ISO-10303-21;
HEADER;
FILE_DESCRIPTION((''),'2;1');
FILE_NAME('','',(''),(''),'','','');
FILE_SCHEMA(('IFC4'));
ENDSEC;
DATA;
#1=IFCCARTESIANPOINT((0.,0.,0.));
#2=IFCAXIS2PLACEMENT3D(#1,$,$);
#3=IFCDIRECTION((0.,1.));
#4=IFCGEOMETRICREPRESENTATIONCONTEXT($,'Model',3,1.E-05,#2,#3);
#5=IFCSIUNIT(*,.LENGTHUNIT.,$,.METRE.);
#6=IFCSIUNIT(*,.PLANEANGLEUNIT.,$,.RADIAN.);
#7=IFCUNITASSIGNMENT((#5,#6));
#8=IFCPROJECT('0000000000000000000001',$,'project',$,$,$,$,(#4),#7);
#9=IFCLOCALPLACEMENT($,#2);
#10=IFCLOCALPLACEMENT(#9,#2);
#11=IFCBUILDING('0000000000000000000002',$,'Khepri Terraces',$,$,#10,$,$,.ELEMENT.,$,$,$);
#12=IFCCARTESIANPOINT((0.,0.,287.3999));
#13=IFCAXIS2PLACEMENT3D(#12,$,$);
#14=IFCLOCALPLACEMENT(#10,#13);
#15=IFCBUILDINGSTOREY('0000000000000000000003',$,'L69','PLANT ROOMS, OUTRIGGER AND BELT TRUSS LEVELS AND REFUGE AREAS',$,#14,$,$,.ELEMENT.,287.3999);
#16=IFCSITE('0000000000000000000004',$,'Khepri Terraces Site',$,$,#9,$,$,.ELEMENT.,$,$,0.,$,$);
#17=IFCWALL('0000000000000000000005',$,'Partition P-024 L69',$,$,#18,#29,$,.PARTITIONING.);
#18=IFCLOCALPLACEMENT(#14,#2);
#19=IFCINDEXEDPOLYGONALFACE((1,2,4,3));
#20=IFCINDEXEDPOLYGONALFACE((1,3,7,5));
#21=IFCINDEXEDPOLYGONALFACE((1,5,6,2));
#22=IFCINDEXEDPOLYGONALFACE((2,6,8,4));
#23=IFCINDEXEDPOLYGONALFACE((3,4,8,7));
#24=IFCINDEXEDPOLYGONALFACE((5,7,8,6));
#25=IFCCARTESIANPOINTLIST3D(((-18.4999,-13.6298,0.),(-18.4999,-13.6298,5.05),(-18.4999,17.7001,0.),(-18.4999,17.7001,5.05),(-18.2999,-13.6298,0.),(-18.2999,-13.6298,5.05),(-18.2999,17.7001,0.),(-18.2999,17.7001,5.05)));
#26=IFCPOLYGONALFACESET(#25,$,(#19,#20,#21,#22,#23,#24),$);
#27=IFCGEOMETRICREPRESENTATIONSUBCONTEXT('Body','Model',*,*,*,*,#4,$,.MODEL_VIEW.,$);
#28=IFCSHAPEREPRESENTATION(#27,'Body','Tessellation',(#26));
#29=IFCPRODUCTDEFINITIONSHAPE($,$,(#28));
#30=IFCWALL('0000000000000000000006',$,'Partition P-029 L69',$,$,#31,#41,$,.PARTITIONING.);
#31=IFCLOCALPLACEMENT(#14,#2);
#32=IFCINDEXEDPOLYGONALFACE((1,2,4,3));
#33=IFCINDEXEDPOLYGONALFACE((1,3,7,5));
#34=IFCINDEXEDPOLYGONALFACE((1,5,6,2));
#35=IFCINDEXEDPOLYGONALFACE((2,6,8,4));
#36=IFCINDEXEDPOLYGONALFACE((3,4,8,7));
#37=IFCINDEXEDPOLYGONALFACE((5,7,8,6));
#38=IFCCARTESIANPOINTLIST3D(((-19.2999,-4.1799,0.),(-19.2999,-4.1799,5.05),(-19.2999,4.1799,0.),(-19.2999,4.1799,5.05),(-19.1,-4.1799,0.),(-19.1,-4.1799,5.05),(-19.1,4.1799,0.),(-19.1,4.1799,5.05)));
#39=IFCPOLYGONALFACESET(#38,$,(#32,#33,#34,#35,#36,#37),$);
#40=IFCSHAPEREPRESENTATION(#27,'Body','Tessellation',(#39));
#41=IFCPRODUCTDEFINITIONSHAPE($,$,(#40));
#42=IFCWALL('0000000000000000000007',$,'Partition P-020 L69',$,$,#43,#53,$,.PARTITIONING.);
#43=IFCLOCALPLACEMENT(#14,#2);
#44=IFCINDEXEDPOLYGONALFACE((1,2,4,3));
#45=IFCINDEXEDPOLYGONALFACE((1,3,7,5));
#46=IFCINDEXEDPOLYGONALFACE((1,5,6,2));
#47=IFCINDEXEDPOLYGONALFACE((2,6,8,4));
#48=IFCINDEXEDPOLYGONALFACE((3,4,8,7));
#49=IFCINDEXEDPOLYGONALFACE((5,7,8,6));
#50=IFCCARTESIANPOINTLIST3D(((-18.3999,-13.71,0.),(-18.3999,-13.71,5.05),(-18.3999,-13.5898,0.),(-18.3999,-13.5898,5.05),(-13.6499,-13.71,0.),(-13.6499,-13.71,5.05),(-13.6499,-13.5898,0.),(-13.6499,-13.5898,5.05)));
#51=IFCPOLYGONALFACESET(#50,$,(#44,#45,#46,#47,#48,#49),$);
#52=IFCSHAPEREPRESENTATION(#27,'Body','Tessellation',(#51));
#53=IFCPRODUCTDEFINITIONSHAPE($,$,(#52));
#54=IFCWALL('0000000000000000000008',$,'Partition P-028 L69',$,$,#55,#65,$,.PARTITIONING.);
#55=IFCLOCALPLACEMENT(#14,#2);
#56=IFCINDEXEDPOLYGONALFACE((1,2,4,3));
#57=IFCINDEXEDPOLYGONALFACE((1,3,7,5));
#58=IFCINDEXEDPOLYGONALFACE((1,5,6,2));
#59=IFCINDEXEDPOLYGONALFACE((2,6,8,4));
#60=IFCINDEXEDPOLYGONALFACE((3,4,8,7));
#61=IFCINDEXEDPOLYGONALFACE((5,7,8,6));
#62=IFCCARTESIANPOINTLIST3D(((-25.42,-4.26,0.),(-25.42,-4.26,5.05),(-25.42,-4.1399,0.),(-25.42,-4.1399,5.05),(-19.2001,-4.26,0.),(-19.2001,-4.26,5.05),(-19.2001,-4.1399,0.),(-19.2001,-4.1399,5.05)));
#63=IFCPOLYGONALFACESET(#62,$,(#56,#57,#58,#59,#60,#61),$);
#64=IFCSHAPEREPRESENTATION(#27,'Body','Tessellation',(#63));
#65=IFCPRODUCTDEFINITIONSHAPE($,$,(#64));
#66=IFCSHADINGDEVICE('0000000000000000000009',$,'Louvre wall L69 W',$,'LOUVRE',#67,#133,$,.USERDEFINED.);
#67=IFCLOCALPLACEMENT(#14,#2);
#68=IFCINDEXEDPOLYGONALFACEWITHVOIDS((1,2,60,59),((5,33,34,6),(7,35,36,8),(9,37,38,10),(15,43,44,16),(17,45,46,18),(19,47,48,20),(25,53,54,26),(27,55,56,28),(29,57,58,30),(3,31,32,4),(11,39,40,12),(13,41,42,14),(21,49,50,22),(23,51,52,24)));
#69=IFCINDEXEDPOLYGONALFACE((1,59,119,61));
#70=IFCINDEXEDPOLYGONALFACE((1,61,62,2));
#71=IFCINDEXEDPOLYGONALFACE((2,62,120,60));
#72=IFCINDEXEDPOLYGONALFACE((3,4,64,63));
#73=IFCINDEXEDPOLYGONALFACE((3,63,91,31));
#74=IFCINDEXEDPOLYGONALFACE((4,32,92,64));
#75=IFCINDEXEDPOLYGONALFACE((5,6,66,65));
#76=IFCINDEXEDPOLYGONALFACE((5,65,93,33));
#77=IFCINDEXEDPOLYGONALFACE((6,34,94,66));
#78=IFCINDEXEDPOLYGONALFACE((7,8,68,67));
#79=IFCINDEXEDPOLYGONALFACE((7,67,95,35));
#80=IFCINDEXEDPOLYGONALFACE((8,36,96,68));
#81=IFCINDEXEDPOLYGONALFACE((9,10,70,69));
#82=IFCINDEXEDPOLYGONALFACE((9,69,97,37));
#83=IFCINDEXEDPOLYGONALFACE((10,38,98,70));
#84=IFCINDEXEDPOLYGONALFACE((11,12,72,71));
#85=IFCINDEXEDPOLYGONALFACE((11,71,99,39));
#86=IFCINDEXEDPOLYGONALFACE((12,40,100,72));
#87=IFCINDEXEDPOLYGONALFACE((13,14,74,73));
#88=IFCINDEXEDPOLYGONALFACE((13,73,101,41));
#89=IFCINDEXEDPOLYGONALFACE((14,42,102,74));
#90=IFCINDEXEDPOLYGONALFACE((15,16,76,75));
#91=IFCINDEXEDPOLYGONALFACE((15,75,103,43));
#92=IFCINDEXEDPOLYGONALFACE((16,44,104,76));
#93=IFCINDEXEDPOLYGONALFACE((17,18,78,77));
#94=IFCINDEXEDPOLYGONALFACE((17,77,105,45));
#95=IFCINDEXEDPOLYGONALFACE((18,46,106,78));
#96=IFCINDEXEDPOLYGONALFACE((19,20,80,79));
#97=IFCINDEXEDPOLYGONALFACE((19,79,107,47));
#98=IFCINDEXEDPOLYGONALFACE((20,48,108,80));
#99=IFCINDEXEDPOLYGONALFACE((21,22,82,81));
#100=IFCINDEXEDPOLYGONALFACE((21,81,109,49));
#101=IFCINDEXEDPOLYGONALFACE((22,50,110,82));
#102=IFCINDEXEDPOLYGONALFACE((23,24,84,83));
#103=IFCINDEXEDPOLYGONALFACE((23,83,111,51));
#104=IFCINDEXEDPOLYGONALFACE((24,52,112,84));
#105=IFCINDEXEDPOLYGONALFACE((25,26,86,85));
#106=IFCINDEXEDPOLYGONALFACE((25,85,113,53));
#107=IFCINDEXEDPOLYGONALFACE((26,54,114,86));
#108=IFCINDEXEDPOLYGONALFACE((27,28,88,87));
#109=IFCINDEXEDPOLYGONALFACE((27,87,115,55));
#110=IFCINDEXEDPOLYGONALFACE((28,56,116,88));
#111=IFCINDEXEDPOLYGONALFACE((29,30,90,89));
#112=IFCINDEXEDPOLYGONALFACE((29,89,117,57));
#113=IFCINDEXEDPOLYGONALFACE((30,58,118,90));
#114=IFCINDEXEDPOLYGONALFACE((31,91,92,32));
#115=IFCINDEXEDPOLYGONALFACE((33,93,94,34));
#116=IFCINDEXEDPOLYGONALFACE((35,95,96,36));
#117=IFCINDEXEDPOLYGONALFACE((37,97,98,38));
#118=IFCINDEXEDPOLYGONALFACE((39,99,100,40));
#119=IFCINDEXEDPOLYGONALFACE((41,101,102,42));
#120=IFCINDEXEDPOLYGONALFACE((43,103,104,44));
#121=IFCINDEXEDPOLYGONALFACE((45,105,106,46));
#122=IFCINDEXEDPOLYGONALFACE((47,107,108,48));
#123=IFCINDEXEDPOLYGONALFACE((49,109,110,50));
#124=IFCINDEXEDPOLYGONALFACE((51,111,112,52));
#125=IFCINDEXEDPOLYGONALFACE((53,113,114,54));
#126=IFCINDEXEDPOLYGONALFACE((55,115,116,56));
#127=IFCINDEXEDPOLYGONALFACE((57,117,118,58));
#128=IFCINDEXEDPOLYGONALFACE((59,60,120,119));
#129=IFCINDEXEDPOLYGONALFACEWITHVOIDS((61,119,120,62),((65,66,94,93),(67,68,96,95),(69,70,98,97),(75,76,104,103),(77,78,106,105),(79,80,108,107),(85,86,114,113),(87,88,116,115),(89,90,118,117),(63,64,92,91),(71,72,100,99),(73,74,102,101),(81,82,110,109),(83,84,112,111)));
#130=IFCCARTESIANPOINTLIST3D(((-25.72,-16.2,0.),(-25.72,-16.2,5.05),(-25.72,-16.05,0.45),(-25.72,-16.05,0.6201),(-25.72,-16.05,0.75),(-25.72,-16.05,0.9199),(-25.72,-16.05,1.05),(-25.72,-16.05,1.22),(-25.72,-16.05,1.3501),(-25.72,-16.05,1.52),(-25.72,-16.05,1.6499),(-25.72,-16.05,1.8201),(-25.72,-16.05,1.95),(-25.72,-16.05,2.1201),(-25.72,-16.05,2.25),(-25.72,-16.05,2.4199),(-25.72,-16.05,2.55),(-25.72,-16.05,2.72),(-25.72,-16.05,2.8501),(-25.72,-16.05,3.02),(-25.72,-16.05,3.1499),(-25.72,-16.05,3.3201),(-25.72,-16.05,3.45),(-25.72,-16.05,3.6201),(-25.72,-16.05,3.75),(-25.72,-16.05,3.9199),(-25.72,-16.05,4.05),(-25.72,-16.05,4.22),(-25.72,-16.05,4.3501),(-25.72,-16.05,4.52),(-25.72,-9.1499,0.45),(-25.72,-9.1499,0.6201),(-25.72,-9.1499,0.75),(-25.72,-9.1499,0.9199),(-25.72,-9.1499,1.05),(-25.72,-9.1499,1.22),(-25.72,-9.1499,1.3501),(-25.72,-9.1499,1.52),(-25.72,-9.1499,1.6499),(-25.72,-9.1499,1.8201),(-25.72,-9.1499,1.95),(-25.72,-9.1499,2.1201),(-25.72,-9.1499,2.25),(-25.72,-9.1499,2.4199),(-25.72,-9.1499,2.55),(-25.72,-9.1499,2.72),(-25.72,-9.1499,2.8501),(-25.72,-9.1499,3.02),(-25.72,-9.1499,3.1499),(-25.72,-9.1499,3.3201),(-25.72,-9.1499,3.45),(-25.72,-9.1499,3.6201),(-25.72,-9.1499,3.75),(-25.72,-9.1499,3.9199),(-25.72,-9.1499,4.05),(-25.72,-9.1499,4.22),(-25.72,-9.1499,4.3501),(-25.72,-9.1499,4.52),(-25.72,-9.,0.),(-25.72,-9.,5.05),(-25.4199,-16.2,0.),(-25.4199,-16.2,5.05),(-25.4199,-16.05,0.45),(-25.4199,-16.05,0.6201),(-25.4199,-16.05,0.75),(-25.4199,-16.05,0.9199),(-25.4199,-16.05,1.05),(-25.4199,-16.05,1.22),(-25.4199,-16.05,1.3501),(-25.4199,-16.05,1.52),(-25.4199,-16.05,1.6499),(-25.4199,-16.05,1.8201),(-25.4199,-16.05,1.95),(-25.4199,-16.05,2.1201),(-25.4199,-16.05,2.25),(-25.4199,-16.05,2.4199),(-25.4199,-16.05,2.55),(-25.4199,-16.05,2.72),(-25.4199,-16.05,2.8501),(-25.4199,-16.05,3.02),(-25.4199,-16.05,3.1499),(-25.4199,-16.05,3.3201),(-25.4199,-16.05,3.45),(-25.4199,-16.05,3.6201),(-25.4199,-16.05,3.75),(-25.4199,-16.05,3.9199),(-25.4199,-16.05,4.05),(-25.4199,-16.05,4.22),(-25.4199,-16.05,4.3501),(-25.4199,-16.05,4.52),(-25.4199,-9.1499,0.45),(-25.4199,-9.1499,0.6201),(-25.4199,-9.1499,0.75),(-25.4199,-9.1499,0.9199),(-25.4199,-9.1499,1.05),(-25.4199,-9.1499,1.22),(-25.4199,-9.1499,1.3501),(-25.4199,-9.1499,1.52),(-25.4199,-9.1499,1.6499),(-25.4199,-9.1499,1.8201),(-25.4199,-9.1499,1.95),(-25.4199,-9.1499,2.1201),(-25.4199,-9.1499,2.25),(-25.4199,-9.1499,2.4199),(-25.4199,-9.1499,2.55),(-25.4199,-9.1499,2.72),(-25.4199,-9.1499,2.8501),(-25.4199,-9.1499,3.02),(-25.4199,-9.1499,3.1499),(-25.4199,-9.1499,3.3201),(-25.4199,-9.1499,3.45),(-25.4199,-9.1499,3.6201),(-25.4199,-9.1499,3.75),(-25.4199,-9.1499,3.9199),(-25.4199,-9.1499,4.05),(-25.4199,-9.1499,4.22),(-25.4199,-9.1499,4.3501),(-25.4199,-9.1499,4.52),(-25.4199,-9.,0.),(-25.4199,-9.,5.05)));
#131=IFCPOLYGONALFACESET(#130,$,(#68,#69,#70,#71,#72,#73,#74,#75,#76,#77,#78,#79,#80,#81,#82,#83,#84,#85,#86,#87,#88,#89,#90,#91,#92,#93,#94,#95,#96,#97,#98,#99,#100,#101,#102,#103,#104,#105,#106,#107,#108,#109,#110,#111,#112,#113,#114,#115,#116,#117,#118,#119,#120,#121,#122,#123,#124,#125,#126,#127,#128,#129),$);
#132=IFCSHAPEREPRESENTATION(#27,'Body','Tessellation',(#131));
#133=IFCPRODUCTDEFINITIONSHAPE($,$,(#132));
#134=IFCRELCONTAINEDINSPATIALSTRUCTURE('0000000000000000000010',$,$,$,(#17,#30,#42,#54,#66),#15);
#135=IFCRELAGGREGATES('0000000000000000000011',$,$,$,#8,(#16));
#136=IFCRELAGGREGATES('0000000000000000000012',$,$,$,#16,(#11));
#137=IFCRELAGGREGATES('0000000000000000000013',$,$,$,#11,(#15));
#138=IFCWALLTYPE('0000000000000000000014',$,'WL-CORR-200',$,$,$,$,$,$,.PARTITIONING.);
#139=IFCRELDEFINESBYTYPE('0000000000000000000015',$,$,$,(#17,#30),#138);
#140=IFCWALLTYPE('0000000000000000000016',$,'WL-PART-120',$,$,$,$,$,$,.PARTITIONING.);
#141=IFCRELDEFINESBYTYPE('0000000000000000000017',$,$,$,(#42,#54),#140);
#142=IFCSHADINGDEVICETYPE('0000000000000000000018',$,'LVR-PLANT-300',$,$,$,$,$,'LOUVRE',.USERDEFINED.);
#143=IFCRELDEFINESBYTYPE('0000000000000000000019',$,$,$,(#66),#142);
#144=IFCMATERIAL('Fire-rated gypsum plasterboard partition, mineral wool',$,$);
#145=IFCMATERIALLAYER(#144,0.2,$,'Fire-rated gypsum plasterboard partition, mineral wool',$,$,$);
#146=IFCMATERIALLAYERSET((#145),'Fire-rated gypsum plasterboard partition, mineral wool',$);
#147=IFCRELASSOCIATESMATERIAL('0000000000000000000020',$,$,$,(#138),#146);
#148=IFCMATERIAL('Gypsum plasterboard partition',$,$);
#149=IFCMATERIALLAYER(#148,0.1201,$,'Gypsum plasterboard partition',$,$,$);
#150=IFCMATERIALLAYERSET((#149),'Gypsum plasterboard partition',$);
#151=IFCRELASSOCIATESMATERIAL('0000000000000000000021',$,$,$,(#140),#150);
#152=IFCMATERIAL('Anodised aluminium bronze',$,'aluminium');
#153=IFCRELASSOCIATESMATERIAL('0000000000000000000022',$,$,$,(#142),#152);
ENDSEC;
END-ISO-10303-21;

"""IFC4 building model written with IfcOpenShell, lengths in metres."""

from ifc_helpers import new_model, si_unit, direction, frame, frame_2d, origin, place, context, subcontext, project, spatial, polyline, rectangle, outline, extrude, material, layer, layer_set, type_object, element, save


model = new_model("IFC4")

# Units and contexts
model_context = context("Model", 3, precision=1e-05, world=origin(), true_north=direction((0.0, 1.0)))
body_context = subcontext(model_context, "Body", "Model", "MODEL_VIEW")
ifc_project = project(units=[si_unit("LENGTHUNIT", "METRE"), si_unit("PLANEANGLEUNIT", "RADIAN")], contexts=[model_context])

# Site, building, storey
site_placement = place(None, origin())
site = spatial("IfcSite", under=ifc_project, at=site_placement, Name="Khepri Terraces Site", CompositionType="ELEMENT", RefElevation=0.0)
building_placement = place(site_placement, origin())
building = spatial("IfcBuilding", under=site, at=building_placement, Name="Khepri Terraces", CompositionType="ELEMENT")
storey_placement = place(building_placement, frame((0.0, 0.0, 287.3999)))
storey = spatial("IfcBuildingStorey", under=building, at=storey_placement, Name="L69", Description="PLANT ROOMS, OUTRIGGER AND BELT TRUSS LEVELS AND REFUGE AREAS", CompositionType="ELEMENT", Elevation=287.3999)

# Walls
ifc_material_1 = material(Name="Fire-rated gypsum plasterboard partition, mineral wool")
ifc_layer_1 = layer(ifc_material_1, 0.2, Name="Fire-rated gypsum plasterboard partition, mineral wool")
ifc_layer_set_1 = layer_set([ifc_layer_1], Name="Fire-rated gypsum plasterboard partition, mineral wool")
wall_type_1 = type_object("IfcWallType", Name="WL-CORR-200", PredefinedType="PARTITIONING", material=ifc_layer_set_1)
wall_1_placement = place(storey_placement, frame((-18.3999, -13.6299, 0.0), z_axis=(0.0, 0.0, 1.0), x_axis=(0.0, 1.0, 0.0)))
element("IfcWall", 1, at=wall_1_placement, inside=storey, type_object=wall_type_1, Name="Partition P-024 L69", PredefinedType="PARTITIONING", context=body_context, shape_type="SweptSolid", body=[
    extrude(rectangle(XDim=31.3298, YDim=0.2, at=frame_2d((15.665, 0.0))), origin(), (0.0, 0.0, 1.0), 5.05),
])
wall_2_placement = place(storey_placement, frame((-19.2, -4.1799, 0.0), z_axis=(0.0, 0.0, 1.0), x_axis=(0.0, 1.0, 0.0)))
element("IfcWall", 2, at=wall_2_placement, inside=storey, type_object=wall_type_1, Name="Partition P-029 L69", PredefinedType="PARTITIONING", context=body_context, shape_type="SweptSolid", body=[
    extrude(rectangle(XDim=8.3599, YDim=0.2, at=frame_2d((4.1799, 0.0))), origin(), (0.0, 0.0, 1.0), 5.05),
])
ifc_material_2 = material(Name="Gypsum plasterboard partition")
ifc_layer_2 = layer(ifc_material_2, 0.1201, Name="Gypsum plasterboard partition")
ifc_layer_set_2 = layer_set([ifc_layer_2], Name="Gypsum plasterboard partition")
wall_type_2 = type_object("IfcWallType", Name="WL-PART-120", PredefinedType="PARTITIONING", material=ifc_layer_set_2)
wall_3_placement = place(storey_placement, frame((-18.3999, -13.6499, 0.0), z_axis=(0.0, 0.0, 1.0), x_axis=(1.0, 0.0, 0.0)))
element("IfcWall", 3, at=wall_3_placement, inside=storey, type_object=wall_type_2, Name="Partition P-020 L69", PredefinedType="PARTITIONING", context=body_context, shape_type="SweptSolid", body=[
    extrude(rectangle(XDim=4.75, YDim=0.1201, at=frame_2d((2.375, 0.0))), origin(), (0.0, 0.0, 1.0), 5.05),
])
wall_4_placement = place(storey_placement, frame((-25.4199, -4.2, 0.0), z_axis=(0.0, 0.0, 1.0), x_axis=(1.0, 0.0, 0.0)))
element("IfcWall", 4, at=wall_4_placement, inside=storey, type_object=wall_type_2, Name="Partition P-028 L69", PredefinedType="PARTITIONING", context=body_context, shape_type="SweptSolid", body=[
    extrude(rectangle(XDim=6.22, YDim=0.1201, at=frame_2d((3.1099, 0.0))), origin(), (0.0, 0.0, 1.0), 5.05),
])

# Shading device
ifc_material_3 = material(Name="Anodised aluminium bronze", Category="aluminium")
shading_device_type = type_object("IfcShadingDeviceType", Name="LVR-PLANT-300", ElementType="LOUVRE", PredefinedType="USERDEFINED", material=ifc_material_3)
shading_device_placement = place(storey_placement, frame((-25.4199, -9.0, 0.0), z_axis=(-1.0, 0.0, 0.0), x_axis=(0.0, -1.0, 0.0)))
element("IfcShadingDevice", 5, at=shading_device_placement, inside=storey, type_object=shading_device_type, Name="Louvre wall L69 W", ObjectType="LOUVRE", PredefinedType="USERDEFINED", context=body_context, shape_type="SweptSolid", body=[
    extrude(outline(polyline([(0.0, 0.0), (7.2, 0.0), (7.2, 5.05), (0.0, 5.05), (0.0, 0.0)]), holes=[polyline([(0.1499, 0.45), (7.05, 0.45), (7.05, 0.6201), (0.1499, 0.6201), (0.1499, 0.45)]), polyline([(0.1499, 0.75), (7.05, 0.75), (7.05, 0.9199), (0.1499, 0.9199), (0.1499, 0.75)]), polyline([(0.1499, 1.05), (7.05, 1.05), (7.05, 1.22), (0.1499, 1.22), (0.1499, 1.05)]), polyline([(0.1499, 1.3501), (7.05, 1.3501), (7.05, 1.52), (0.1499, 1.52), (0.1499, 1.3501)]), polyline([(0.1499, 1.6499), (7.05, 1.6499), (7.05, 1.8201), (0.1499, 1.8201), (0.1499, 1.6499)]), polyline([(0.1499, 1.95), (7.05, 1.95), (7.05, 2.1201), (0.1499, 2.1201), (0.1499, 1.95)]), polyline([(0.1499, 2.25), (7.05, 2.25), (7.05, 2.4199), (0.1499, 2.4199), (0.1499, 2.25)]), polyline([(0.1499, 2.55), (7.05, 2.55), (7.05, 2.72), (0.1499, 2.72), (0.1499, 2.55)]), polyline([(0.1499, 2.8501), (7.05, 2.8501), (7.05, 3.02), (0.1499, 3.02), (0.1499, 2.8501)]), polyline([(0.1499, 3.1499), (7.05, 3.1499), (7.05, 3.3201), (0.1499, 3.3201), (0.1499, 3.1499)]), polyline([(0.1499, 3.45), (7.05, 3.45), (7.05, 3.6201), (0.1499, 3.6201), (0.1499, 3.45)]), polyline([(0.1499, 3.75), (7.05, 3.75), (7.05, 3.9199), (0.1499, 3.9199), (0.1499, 3.75)]), polyline([(0.1499, 4.05), (7.05, 4.05), (7.05, 4.22), (0.1499, 4.22), (0.1499, 4.05)]), polyline([(0.1499, 4.3501), (7.05, 4.3501), (7.05, 4.52), (0.1499, 4.52), (0.1499, 4.3501)])]), origin(), (0.0, 0.0, 1.0), 0.3),
])

save(model, "model.ifc")
